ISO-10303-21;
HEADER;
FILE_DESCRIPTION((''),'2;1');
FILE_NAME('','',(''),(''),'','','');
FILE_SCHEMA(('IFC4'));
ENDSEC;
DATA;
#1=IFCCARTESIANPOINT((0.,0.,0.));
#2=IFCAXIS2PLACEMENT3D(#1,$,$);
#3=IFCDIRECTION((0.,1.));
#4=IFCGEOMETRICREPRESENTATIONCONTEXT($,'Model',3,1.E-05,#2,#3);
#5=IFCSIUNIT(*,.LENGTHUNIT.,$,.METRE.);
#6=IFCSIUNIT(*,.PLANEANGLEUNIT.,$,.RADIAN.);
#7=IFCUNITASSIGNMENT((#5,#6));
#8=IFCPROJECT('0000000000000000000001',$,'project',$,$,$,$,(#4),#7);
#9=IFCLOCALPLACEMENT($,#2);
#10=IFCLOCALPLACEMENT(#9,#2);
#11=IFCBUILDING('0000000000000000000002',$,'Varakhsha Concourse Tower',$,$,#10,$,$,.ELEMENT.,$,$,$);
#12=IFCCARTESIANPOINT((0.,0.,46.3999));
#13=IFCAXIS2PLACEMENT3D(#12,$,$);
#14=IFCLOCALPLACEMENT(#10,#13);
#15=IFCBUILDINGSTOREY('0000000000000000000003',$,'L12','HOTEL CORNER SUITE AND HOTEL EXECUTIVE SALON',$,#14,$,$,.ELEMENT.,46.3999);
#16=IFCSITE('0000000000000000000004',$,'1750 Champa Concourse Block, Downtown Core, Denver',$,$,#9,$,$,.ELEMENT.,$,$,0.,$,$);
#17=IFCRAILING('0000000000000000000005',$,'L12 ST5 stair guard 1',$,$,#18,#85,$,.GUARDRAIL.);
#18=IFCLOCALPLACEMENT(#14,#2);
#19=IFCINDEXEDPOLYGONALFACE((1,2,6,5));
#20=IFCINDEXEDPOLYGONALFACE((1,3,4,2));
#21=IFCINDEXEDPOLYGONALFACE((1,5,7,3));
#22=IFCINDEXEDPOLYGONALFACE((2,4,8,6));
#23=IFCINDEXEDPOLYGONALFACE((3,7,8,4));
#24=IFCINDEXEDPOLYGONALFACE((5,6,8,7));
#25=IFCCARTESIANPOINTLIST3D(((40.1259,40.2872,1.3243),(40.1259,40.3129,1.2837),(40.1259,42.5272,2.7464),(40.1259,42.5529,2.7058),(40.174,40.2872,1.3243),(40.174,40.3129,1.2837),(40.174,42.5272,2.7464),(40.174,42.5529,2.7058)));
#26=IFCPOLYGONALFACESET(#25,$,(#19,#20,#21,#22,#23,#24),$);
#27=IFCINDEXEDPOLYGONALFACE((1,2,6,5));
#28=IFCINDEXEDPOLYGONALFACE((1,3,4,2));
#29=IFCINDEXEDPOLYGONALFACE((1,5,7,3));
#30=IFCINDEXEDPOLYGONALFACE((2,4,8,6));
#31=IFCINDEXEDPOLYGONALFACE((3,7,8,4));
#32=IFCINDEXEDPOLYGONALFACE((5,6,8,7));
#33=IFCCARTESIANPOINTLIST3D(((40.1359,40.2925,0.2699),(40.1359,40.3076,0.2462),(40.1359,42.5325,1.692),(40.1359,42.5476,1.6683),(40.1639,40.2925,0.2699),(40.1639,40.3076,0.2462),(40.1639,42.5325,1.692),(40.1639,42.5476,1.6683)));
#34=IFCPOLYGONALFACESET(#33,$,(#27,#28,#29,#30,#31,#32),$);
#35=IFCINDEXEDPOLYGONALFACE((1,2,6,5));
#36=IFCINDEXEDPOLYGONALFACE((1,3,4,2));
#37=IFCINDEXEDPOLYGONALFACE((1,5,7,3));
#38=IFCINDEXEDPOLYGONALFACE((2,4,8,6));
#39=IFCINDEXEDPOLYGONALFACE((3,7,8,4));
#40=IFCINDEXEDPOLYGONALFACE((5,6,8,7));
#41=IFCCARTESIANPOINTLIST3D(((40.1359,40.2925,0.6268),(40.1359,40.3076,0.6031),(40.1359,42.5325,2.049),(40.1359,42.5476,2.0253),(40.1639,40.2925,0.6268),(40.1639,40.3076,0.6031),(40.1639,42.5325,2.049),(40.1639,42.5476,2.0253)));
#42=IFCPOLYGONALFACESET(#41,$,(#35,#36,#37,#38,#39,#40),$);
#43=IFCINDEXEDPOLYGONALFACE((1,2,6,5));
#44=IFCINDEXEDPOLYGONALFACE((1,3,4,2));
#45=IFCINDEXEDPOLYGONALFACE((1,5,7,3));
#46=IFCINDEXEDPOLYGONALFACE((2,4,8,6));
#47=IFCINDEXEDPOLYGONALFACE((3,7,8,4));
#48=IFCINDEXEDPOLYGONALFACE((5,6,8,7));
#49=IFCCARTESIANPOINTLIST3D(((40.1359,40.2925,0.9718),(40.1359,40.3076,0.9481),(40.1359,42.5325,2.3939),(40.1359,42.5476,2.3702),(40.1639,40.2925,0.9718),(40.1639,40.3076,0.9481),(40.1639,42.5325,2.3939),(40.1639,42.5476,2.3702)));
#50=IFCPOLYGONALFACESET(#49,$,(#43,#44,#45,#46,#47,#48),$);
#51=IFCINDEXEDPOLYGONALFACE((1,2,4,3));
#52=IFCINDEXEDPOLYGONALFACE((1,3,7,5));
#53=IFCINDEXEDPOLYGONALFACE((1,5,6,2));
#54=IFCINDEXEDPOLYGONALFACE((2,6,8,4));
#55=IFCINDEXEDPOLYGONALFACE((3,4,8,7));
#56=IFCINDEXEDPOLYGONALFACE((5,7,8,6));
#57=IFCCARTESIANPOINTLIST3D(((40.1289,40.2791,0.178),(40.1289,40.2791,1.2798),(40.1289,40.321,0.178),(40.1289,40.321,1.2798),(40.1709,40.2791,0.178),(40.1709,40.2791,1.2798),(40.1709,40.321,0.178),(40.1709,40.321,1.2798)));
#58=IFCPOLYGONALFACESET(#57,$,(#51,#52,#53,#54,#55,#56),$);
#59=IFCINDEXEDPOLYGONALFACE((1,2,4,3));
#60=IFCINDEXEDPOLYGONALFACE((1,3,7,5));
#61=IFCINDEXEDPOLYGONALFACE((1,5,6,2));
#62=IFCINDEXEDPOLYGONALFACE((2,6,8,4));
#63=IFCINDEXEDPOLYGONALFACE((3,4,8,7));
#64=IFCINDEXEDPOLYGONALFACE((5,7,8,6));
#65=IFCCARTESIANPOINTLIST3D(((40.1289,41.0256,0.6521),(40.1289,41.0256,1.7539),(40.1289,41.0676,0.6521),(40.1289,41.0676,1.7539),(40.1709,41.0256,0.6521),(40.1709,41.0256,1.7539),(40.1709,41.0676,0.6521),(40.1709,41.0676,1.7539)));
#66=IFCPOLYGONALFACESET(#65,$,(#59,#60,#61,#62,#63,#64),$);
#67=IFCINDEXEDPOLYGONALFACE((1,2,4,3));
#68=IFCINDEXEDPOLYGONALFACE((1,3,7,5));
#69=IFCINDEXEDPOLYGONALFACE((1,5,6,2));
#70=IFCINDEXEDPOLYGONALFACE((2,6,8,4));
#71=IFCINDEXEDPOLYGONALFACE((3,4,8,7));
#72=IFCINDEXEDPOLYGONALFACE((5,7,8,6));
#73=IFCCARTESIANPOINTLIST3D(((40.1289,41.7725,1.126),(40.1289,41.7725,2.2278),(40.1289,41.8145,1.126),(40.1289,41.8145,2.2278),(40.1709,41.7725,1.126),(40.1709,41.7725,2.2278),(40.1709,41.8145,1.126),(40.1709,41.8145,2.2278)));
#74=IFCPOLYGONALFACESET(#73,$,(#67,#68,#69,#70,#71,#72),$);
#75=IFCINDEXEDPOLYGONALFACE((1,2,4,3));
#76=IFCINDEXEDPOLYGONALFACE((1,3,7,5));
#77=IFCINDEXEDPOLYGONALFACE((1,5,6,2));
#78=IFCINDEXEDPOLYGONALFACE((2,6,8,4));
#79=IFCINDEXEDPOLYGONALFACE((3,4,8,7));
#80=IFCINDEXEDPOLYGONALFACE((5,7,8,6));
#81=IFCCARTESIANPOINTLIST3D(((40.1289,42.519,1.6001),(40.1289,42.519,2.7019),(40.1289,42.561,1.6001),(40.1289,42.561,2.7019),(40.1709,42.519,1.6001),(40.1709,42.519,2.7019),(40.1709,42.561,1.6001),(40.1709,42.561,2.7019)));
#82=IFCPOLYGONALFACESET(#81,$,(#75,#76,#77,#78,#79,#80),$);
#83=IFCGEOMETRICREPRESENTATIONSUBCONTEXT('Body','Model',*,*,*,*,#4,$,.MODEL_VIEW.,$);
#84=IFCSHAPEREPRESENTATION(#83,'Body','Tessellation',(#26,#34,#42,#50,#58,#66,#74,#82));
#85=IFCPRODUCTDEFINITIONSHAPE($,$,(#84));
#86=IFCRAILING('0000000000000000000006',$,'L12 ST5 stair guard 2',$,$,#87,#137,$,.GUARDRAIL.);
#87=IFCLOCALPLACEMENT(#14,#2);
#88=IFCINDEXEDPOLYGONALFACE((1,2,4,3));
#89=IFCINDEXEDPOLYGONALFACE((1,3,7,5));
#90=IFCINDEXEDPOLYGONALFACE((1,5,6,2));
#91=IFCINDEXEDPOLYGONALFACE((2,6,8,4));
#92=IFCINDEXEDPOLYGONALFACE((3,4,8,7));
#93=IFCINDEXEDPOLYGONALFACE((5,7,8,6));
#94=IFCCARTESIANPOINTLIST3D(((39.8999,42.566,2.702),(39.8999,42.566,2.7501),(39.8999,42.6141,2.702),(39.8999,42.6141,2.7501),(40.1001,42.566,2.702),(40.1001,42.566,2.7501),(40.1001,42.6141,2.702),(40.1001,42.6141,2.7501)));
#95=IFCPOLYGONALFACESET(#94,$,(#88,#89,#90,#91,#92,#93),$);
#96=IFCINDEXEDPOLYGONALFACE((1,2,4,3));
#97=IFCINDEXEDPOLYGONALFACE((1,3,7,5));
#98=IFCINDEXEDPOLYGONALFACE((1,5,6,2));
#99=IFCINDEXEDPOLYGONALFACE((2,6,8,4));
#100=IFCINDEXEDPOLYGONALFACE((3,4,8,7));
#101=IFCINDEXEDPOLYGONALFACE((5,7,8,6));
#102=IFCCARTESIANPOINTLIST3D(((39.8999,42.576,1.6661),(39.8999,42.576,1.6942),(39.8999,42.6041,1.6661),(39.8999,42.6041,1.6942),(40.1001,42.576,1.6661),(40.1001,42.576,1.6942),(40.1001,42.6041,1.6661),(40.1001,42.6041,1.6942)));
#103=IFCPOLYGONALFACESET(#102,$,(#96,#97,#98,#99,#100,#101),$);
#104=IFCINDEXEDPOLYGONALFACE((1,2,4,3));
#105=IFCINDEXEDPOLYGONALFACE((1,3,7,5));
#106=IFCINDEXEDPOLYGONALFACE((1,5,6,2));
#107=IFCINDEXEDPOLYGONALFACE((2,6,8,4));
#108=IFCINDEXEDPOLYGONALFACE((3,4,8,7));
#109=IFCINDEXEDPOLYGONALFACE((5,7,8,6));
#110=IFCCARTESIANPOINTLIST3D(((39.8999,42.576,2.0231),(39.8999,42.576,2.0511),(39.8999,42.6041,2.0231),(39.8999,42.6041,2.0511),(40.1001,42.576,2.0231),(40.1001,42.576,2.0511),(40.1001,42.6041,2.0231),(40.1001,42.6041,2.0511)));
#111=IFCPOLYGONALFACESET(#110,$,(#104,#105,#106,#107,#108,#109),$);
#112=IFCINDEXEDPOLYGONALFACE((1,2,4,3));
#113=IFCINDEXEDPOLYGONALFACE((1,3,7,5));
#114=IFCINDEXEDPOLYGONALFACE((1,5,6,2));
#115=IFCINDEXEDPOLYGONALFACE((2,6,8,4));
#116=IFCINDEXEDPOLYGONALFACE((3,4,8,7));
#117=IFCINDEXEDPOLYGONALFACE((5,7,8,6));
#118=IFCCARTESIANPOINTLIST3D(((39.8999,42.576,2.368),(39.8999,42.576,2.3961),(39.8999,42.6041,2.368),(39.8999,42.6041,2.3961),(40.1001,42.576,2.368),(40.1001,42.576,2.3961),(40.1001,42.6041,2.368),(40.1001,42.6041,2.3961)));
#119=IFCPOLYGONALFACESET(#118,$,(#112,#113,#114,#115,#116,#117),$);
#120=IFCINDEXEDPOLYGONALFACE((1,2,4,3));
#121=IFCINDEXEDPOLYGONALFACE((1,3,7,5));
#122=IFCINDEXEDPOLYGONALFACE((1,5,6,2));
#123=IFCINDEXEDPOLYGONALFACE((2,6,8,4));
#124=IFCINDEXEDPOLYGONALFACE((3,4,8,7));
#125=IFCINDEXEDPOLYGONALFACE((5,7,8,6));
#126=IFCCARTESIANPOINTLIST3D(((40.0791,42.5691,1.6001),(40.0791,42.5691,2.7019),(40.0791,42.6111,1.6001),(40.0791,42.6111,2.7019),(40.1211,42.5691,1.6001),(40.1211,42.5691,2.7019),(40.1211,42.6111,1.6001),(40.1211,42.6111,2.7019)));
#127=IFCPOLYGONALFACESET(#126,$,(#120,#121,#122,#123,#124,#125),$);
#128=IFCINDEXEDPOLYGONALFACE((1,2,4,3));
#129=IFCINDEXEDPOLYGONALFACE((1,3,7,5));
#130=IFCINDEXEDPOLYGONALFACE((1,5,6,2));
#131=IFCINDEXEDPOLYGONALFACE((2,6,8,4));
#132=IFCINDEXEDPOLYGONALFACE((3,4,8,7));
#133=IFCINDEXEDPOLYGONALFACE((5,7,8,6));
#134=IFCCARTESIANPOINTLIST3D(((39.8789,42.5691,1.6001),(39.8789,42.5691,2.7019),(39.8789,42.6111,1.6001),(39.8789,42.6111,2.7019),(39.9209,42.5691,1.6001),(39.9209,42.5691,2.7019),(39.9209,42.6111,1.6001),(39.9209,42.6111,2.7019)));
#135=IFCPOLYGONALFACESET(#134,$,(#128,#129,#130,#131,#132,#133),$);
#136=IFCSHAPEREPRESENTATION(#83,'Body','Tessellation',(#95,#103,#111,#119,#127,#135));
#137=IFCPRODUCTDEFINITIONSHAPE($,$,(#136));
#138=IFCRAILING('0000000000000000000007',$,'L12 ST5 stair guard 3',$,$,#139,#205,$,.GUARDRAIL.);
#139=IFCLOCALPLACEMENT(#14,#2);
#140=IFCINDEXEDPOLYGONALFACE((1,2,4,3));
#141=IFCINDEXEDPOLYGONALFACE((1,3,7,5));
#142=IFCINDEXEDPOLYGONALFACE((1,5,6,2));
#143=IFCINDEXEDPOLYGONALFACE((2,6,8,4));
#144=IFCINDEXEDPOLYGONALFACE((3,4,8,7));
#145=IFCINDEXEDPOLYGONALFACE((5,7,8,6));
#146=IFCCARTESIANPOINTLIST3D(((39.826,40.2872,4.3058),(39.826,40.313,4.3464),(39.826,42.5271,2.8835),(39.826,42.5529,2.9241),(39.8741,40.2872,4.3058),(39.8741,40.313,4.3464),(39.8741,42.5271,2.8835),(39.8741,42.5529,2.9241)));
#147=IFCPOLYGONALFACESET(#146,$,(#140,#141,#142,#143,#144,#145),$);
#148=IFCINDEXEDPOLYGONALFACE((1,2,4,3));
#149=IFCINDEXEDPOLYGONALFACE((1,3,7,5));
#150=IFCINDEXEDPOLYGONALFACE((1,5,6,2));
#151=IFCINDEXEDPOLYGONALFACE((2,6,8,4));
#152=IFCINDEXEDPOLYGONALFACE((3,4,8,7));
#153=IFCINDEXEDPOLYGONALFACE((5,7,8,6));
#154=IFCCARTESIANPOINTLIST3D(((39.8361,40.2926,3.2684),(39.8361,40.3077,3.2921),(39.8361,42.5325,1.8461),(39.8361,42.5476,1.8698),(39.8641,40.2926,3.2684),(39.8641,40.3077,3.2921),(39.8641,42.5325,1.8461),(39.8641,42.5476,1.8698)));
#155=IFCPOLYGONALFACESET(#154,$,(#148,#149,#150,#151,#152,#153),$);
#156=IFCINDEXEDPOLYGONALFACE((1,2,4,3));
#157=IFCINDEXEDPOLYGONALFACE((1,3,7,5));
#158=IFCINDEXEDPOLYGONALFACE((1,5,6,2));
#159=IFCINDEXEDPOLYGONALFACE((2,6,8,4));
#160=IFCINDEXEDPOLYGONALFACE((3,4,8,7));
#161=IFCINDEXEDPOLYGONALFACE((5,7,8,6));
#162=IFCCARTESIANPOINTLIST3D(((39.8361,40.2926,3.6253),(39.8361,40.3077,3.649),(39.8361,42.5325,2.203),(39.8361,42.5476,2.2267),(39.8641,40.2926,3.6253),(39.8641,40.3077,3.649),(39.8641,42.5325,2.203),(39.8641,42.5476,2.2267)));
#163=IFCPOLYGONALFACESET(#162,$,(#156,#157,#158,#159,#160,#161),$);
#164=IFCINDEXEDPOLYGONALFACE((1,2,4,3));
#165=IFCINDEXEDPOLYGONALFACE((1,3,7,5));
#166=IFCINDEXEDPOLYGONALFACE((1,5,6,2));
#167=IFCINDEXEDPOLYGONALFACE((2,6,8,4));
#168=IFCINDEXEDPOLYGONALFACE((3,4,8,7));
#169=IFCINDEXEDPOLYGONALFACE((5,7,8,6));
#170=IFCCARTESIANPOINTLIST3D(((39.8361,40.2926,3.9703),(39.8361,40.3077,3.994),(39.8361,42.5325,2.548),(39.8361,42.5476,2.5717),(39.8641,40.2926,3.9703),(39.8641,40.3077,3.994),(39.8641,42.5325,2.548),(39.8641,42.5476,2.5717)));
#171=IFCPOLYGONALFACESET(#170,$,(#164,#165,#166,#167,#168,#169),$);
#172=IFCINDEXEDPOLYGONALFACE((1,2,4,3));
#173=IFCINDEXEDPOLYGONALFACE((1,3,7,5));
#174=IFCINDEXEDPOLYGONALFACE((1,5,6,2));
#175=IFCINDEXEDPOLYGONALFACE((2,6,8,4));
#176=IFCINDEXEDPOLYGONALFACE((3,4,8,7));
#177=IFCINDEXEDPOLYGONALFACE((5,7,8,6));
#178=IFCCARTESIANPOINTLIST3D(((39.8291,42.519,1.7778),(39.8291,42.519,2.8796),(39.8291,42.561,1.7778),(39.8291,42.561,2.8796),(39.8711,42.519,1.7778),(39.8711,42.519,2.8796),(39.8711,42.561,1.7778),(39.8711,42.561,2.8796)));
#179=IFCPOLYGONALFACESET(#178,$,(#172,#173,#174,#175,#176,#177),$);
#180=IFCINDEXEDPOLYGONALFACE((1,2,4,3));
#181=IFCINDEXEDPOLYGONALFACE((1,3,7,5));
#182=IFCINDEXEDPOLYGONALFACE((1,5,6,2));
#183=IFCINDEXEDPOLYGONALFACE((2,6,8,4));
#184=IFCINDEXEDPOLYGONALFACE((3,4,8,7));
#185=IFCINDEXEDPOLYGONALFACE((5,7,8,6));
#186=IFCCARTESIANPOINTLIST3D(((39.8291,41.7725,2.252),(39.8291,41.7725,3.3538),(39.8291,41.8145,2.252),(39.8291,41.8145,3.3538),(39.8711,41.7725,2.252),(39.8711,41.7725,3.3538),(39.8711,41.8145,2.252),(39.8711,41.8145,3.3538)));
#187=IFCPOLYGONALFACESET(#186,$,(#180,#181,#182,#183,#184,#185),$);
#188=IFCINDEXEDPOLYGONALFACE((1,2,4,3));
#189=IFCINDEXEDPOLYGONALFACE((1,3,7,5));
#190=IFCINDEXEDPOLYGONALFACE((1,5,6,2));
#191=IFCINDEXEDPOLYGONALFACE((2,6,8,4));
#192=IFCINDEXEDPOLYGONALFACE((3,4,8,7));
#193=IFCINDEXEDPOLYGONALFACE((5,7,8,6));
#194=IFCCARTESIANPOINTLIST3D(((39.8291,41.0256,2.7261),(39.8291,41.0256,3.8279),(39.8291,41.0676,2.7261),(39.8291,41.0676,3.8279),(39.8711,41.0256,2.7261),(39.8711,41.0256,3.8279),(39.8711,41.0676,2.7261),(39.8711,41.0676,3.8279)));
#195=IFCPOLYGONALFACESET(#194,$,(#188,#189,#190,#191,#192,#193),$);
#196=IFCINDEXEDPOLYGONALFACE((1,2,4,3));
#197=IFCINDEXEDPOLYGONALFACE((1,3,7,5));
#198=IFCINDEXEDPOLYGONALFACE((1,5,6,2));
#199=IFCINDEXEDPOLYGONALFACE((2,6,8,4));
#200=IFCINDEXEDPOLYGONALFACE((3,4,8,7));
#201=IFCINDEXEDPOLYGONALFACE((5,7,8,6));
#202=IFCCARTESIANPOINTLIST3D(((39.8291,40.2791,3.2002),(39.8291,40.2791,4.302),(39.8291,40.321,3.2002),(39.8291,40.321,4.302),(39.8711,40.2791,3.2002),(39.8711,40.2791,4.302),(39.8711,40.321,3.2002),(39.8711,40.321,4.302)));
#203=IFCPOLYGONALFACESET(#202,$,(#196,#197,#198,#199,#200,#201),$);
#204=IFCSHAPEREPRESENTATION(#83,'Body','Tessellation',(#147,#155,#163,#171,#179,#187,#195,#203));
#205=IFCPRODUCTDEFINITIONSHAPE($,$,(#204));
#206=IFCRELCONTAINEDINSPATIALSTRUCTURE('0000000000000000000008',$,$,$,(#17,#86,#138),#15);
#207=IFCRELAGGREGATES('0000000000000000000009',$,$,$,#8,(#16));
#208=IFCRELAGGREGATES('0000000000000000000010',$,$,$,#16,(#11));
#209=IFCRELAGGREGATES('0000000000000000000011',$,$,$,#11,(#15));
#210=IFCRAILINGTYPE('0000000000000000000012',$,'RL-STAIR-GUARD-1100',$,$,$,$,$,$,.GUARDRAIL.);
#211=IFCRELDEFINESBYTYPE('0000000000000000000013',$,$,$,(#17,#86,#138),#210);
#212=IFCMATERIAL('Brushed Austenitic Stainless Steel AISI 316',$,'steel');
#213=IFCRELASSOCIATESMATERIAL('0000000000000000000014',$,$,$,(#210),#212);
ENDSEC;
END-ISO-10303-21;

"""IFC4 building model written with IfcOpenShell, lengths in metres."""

from ifc_helpers import new_model, si_unit, direction, frame, origin, origin_2d, place, context, subcontext, project, spatial, rectangle, extrude, material, type_object, element, save


model = new_model("IFC4")

# Units and contexts
model_context = context("Model", 3, precision=1e-05, world=origin(), true_north=direction((0.0, 1.0)))
body_context = subcontext(model_context, "Body", "Model", "MODEL_VIEW")
ifc_project = project(units=[si_unit("LENGTHUNIT", "METRE"), si_unit("PLANEANGLEUNIT", "RADIAN")], contexts=[model_context])

# Site, building, storey
site_placement = place(None, origin())
site = spatial("IfcSite", under=ifc_project, at=site_placement, Name="1750 Champa Concourse Block, Downtown Core, Denver", CompositionType="ELEMENT", RefElevation=0.0)
building_placement = place(site_placement, origin())
building = spatial("IfcBuilding", under=site, at=building_placement, Name="Varakhsha Concourse Tower", CompositionType="ELEMENT")
storey_placement = place(building_placement, frame((0.0, 0.0, 46.3999)))
storey = spatial("IfcBuildingStorey", under=building, at=storey_placement, Name="L12", Description="HOTEL CORNER SUITE AND HOTEL EXECUTIVE SALON", CompositionType="ELEMENT", Elevation=46.3999)

# Railings
ifc_material_1 = material(Name="Brushed Austenitic Stainless Steel AISI 316", Category="steel")
railing_type_1 = type_object("IfcRailingType", Name="RL-STAIR-GUARD-1100", PredefinedType="GUARDRAIL", material=ifc_material_1)
railing_1_placement = place(storey_placement, frame((40.1499, 40.3, 0.178)))
element("IfcRailing", 1, at=railing_1_placement, inside=storey, type_object=railing_type_1, Name="L12 ST5 stair guard 1", PredefinedType="GUARDRAIL", context=body_context, shape_type="SweptSolid", body=[
    extrude(rectangle(XDim=0.0481, YDim=0.0481, at=origin_2d()), frame((0.0, 0.0, 1.126), z_axis=(0.0, 0.844229, 0.535982), x_axis=(-1.0, 0.0, 0.0)), (0.0, 0.0, 1.0), 2.6533),
    extrude(rectangle(XDim=0.0281, YDim=0.0281, at=origin_2d()), frame((0.0, 0.0, 0.0801), z_axis=(0.0, 0.844229, 0.535982), x_axis=(-1.0, 0.0, 0.0)), (0.0, 0.0, 1.0), 2.6533),
    extrude(rectangle(XDim=0.0281, YDim=0.0281, at=origin_2d()), frame((0.0, 0.0, 0.437), z_axis=(0.0, 0.844229, 0.535982), x_axis=(-1.0, 0.0, 0.0)), (0.0, 0.0, 1.0), 2.6533),
    extrude(rectangle(XDim=0.0281, YDim=0.0281, at=origin_2d()), frame((0.0, 0.0, 0.782), z_axis=(0.0, 0.844229, 0.535982), x_axis=(-1.0, 0.0, 0.0)), (0.0, 0.0, 1.0), 2.6533),
    extrude(rectangle(XDim=0.042, YDim=0.042, at=origin_2d()), origin(), (0.0, 0.0, 1.0), 1.1018),
    extrude(rectangle(XDim=0.042, YDim=0.042, at=origin_2d()), frame((0.0, 0.7466, 0.4741)), (0.0, 0.0, 1.0), 1.1018),
    extrude(rectangle(XDim=0.042, YDim=0.042, at=origin_2d()), frame((0.0, 1.4934, 0.948)), (0.0, 0.0, 1.0), 1.1018),
    extrude(rectangle(XDim=0.042, YDim=0.042, at=origin_2d()), frame((0.0, 2.24, 1.4221)), (0.0, 0.0, 1.0), 1.1018),
])
railing_2_placement = place(storey_placement, frame((40.1001, 42.5901, 1.6001)))
element("IfcRailing", 2, at=railing_2_placement, inside=storey, type_object=railing_type_1, Name="L12 ST5 stair guard 2", PredefinedType="GUARDRAIL", context=body_context, shape_type="SweptSolid", body=[
    extrude(rectangle(XDim=0.0481, YDim=0.0481, at=origin_2d()), frame((0.0, 0.0, 1.126), z_axis=(-1.0, 0.0, 0.0), x_axis=(0.0, -1.0, 0.0)), (0.0, 0.0, 1.0), 0.2002),
    extrude(rectangle(XDim=0.0281, YDim=0.0281, at=origin_2d()), frame((0.0, 0.0, 0.0801), z_axis=(-1.0, 0.0, 0.0), x_axis=(0.0, -1.0, 0.0)), (0.0, 0.0, 1.0), 0.2002),
    extrude(rectangle(XDim=0.0281, YDim=0.0281, at=origin_2d()), frame((0.0, 0.0, 0.437), z_axis=(-1.0, 0.0, 0.0), x_axis=(0.0, -1.0, 0.0)), (0.0, 0.0, 1.0), 0.2002),
    extrude(rectangle(XDim=0.0281, YDim=0.0281, at=origin_2d()), frame((0.0, 0.0, 0.782), z_axis=(-1.0, 0.0, 0.0), x_axis=(0.0, -1.0, 0.0)), (0.0, 0.0, 1.0), 0.2002),
    extrude(rectangle(XDim=0.042, YDim=0.042, at=origin_2d()), origin(), (0.0, 0.0, 1.0), 1.1018),
    extrude(rectangle(XDim=0.042, YDim=0.042, at=origin_2d()), frame((-0.2002, 0.0, 0.0)), (0.0, 0.0, 1.0), 1.1018),
])
railing_3_placement = place(storey_placement, frame((39.8501, 42.54, 1.7778)))
element("IfcRailing", 3, at=railing_3_placement, inside=storey, type_object=railing_type_1, Name="L12 ST5 stair guard 3", PredefinedType="GUARDRAIL", context=body_context, shape_type="SweptSolid", body=[
    extrude(rectangle(XDim=0.0481, YDim=0.0481, at=origin_2d()), frame((0.0, 0.0, 1.126), z_axis=(0.0, -0.844188, 0.536048), x_axis=(1.0, 0.0, 0.0)), (0.0, 0.0, 1.0), 2.6533),
    extrude(rectangle(XDim=0.0281, YDim=0.0281, at=origin_2d()), frame((0.0, 0.0, 0.0801), z_axis=(0.0, -0.844188, 0.536048), x_axis=(1.0, 0.0, 0.0)), (0.0, 0.0, 1.0), 2.6533),
    extrude(rectangle(XDim=0.0281, YDim=0.0281, at=origin_2d()), frame((0.0, 0.0, 0.437), z_axis=(0.0, -0.844188, 0.536048), x_axis=(1.0, 0.0, 0.0)), (0.0, 0.0, 1.0), 2.6533),
    extrude(rectangle(XDim=0.0281, YDim=0.0281, at=origin_2d()), frame((0.0, 0.0, 0.782), z_axis=(0.0, -0.844188, 0.536048), x_axis=(1.0, 0.0, 0.0)), (0.0, 0.0, 1.0), 2.6533),
    extrude(rectangle(XDim=0.042, YDim=0.042, at=origin_2d()), origin(), (0.0, 0.0, 1.0), 1.1018),
    extrude(rectangle(XDim=0.042, YDim=0.042, at=origin_2d()), frame((0.0, -0.7466, 0.4741)), (0.0, 0.0, 1.0), 1.1018),
    extrude(rectangle(XDim=0.042, YDim=0.042, at=origin_2d()), frame((0.0, -1.4934, 0.9482)), (0.0, 0.0, 1.0), 1.1018),
    extrude(rectangle(XDim=0.042, YDim=0.042, at=origin_2d()), frame((0.0, -2.24, 1.4224)), (0.0, 0.0, 1.0), 1.1018),
])

save(model, "model.ifc")
